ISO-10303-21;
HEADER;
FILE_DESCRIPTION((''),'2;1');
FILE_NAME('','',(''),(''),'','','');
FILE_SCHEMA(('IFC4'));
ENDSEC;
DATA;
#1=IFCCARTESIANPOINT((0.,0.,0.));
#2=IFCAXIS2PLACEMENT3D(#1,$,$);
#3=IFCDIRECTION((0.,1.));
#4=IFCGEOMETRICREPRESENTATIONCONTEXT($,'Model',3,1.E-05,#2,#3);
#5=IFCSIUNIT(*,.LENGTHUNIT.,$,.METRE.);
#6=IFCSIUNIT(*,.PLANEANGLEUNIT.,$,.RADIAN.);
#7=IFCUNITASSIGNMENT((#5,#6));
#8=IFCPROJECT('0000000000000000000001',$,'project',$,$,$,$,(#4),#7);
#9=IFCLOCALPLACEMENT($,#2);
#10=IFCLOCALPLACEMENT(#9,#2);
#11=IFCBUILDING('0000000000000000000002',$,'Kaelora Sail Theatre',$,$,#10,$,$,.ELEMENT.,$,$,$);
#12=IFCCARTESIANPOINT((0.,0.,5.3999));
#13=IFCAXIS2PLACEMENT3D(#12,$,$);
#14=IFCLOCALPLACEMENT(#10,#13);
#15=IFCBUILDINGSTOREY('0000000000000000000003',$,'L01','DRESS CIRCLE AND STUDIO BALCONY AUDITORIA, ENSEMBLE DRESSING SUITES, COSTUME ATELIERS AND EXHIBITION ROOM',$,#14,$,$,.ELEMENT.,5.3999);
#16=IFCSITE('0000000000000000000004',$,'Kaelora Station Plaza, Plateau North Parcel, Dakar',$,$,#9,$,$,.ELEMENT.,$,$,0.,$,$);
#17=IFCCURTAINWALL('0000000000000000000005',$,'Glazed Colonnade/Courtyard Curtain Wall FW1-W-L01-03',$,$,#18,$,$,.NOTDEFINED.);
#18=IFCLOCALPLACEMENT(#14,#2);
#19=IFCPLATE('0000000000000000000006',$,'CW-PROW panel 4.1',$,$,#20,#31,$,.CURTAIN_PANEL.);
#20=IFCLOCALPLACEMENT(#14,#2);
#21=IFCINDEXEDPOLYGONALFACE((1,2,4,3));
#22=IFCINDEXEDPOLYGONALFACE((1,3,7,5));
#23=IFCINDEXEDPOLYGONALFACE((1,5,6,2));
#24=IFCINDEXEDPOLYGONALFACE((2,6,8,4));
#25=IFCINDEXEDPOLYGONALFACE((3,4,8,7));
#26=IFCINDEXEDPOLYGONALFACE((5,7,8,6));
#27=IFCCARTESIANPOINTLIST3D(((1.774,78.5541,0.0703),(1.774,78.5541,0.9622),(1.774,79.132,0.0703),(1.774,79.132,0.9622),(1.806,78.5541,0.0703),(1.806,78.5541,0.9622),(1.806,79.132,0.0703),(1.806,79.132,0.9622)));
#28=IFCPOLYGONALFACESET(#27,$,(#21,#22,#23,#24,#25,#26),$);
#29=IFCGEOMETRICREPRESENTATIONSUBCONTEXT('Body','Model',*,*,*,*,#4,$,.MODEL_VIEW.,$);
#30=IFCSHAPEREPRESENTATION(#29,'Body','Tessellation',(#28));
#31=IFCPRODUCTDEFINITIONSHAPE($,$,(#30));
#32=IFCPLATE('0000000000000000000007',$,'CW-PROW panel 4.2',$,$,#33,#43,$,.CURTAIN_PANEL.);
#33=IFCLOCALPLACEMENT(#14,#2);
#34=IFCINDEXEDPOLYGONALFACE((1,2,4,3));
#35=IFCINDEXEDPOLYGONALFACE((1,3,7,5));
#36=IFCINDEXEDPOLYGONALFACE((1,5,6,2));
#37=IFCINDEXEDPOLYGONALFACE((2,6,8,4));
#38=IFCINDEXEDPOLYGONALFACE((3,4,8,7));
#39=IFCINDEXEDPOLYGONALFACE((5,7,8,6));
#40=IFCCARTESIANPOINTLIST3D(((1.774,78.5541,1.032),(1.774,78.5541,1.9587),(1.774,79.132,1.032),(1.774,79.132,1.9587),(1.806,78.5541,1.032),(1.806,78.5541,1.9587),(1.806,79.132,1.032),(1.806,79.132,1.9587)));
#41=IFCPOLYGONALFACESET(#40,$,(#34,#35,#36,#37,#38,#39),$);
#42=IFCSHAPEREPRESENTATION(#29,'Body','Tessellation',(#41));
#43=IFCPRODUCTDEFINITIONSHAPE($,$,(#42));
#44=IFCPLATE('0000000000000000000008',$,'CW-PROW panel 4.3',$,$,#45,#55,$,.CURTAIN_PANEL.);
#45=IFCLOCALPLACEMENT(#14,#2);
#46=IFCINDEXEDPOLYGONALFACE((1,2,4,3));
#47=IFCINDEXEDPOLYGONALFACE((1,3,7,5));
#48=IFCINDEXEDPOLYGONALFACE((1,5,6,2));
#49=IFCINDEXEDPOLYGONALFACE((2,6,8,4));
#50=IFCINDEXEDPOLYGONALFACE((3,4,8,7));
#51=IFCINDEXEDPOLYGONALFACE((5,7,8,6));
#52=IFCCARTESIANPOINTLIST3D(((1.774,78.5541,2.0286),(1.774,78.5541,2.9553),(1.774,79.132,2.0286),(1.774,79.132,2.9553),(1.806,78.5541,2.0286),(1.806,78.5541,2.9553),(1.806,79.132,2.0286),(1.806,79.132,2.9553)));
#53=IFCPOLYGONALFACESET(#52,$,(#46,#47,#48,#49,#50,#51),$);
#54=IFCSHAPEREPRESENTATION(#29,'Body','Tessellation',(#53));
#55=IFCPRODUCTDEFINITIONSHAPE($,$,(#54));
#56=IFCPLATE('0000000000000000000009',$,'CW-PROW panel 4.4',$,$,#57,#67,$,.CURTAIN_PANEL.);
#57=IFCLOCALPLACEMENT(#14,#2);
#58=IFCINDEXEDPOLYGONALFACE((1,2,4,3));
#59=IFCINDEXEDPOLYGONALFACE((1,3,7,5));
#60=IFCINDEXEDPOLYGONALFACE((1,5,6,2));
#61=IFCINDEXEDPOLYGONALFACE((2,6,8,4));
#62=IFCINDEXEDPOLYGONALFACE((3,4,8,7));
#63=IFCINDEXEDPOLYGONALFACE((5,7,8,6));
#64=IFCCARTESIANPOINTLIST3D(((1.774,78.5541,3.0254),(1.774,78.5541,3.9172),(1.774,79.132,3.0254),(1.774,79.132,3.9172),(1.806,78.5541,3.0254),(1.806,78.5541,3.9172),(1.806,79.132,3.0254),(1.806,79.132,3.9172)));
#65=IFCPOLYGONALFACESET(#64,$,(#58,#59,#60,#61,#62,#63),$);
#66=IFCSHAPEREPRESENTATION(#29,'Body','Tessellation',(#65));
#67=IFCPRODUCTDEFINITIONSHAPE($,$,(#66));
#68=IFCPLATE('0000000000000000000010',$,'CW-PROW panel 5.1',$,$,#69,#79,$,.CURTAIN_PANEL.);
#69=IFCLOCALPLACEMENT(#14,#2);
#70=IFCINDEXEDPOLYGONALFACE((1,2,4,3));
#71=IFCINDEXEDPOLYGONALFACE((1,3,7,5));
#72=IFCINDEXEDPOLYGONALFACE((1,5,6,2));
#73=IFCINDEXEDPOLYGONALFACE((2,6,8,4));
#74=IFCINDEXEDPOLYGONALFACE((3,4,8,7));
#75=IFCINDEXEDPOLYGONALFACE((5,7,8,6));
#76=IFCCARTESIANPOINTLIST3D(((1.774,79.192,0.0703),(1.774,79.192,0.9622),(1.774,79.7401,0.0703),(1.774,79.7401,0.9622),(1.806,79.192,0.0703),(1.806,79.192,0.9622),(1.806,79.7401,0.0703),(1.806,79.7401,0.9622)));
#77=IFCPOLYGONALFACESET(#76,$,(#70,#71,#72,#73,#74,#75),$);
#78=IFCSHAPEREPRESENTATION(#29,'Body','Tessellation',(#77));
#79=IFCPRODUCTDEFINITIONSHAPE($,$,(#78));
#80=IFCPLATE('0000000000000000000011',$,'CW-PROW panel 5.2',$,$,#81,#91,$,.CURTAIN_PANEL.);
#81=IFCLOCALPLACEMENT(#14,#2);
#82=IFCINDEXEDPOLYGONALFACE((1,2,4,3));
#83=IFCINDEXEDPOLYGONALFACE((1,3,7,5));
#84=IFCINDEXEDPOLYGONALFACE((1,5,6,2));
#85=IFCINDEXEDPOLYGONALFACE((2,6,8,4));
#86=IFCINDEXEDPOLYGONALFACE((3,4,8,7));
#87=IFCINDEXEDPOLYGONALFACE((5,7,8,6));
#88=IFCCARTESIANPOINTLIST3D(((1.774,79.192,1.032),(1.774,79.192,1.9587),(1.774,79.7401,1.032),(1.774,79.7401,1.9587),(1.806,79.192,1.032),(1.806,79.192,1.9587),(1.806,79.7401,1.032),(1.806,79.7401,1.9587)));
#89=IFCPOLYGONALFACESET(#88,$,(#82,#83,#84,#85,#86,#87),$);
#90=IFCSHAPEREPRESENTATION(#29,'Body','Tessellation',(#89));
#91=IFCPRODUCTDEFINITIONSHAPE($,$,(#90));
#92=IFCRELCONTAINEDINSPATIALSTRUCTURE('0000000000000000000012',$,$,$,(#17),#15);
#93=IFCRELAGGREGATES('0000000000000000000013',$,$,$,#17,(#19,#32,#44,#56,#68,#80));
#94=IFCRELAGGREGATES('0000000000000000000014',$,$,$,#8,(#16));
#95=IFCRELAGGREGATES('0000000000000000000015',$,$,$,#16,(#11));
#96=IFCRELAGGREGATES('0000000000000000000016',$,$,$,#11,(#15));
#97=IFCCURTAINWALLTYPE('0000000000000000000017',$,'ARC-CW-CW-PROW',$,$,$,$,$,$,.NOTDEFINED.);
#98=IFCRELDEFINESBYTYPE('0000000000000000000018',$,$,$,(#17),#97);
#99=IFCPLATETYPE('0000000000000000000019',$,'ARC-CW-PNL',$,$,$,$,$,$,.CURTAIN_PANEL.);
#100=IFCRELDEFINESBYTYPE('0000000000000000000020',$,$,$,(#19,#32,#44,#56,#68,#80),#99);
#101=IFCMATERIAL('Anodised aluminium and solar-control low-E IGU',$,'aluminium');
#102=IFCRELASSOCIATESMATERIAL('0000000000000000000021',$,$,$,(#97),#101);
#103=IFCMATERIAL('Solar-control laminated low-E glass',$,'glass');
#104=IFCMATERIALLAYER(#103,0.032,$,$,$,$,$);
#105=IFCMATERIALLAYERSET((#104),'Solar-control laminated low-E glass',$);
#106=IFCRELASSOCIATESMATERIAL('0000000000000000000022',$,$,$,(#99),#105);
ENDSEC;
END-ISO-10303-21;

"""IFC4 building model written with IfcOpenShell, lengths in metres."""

from ifc_helpers import new_model, si_unit, direction, frame, origin, origin_2d, place, context, subcontext, project, spatial, rectangle, extrude, material, layer, layer_set, type_object, element, aggregate, save


model = new_model("IFC4")

# Units and contexts
model_context = context("Model", 3, precision=1e-05, world=origin(), true_north=direction((0.0, 1.0)))
body_context = subcontext(model_context, "Body", "Model", "MODEL_VIEW")
ifc_project = project(units=[si_unit("LENGTHUNIT", "METRE"), si_unit("PLANEANGLEUNIT", "RADIAN")], contexts=[model_context])

# Site, building, storey
site_placement = place(None, origin())
site = spatial("IfcSite", under=ifc_project, at=site_placement, Name="Kaelora Station Plaza, Plateau North Parcel, Dakar", CompositionType="ELEMENT", RefElevation=0.0)
building_placement = place(site_placement, origin())
building = spatial("IfcBuilding", under=site, at=building_placement, Name="Kaelora Sail Theatre", CompositionType="ELEMENT")
storey_placement = place(building_placement, frame((0.0, 0.0, 5.3999)))
storey = spatial("IfcBuildingStorey", under=building, at=storey_placement, Name="L01", Description="DRESS CIRCLE AND STUDIO BALCONY AUDITORIA, ENSEMBLE DRESSING SUITES, COSTUME ATELIERS AND EXHIBITION ROOM", CompositionType="ELEMENT", Elevation=5.3999)

# Curtain wall, plates
ifc_material_1 = material(Name="Anodised aluminium and solar-control low-E IGU", Category="aluminium")
curtain_wall_type = type_object("IfcCurtainWallType", Name="ARC-CW-CW-PROW", PredefinedType="NOTDEFINED", material=ifc_material_1)
curtain_wall_placement = place(storey_placement, origin())
curtain_wall = element("IfcCurtainWall", 1, at=curtain_wall_placement, inside=storey, type_object=curtain_wall_type, Name="Glazed Colonnade/Courtyard Curtain Wall FW1-W-L01-03", PredefinedType="NOTDEFINED")
ifc_material_2 = material(Name="Solar-control laminated low-E glass", Category="glass")
ifc_layer = layer(ifc_material_2, 0.032)
ifc_layer_set = layer_set([ifc_layer], Name="Solar-control laminated low-E glass")
plate_type = type_object("IfcPlateType", Name="ARC-CW-PNL", PredefinedType="CURTAIN_PANEL", material=ifc_layer_set)
plate_1_placement = place(storey_placement, frame((1.79, 78.843, 0.0703), z_axis=(0.0, 0.0, 1.0), x_axis=(0.0, 1.0, 0.0)))
plate_1 = element("IfcPlate", 2, at=plate_1_placement, type_object=plate_type, Name="CW-PROW panel 4.1", PredefinedType="CURTAIN_PANEL", context=body_context, shape_type="SweptSolid", body=[
    extrude(rectangle(XDim=0.5779, YDim=0.032, at=origin_2d()), origin(), (0.0, 0.0, 1.0), 0.8918),
])
plate_2_placement = place(storey_placement, frame((1.79, 78.843, 1.032), z_axis=(0.0, 0.0, 1.0), x_axis=(0.0, 1.0, 0.0)))
plate_2 = element("IfcPlate", 3, at=plate_2_placement, type_object=plate_type, Name="CW-PROW panel 4.2", PredefinedType="CURTAIN_PANEL", context=body_context, shape_type="SweptSolid", body=[
    extrude(rectangle(XDim=0.5779, YDim=0.032, at=origin_2d()), origin(), (0.0, 0.0, 1.0), 0.9268),
])
plate_3_placement = place(storey_placement, frame((1.79, 78.843, 2.0286), z_axis=(0.0, 0.0, 1.0), x_axis=(0.0, 1.0, 0.0)))
plate_3 = element("IfcPlate", 4, at=plate_3_placement, type_object=plate_type, Name="CW-PROW panel 4.3", PredefinedType="CURTAIN_PANEL", context=body_context, shape_type="SweptSolid", body=[
    extrude(rectangle(XDim=0.5779, YDim=0.032, at=origin_2d()), origin(), (0.0, 0.0, 1.0), 0.9268),
])
plate_4_placement = place(storey_placement, frame((1.79, 78.843, 3.0254), z_axis=(0.0, 0.0, 1.0), x_axis=(0.0, 1.0, 0.0)))
plate_4 = element("IfcPlate", 5, at=plate_4_placement, type_object=plate_type, Name="CW-PROW panel 4.4", PredefinedType="CURTAIN_PANEL", context=body_context, shape_type="SweptSolid", body=[
    extrude(rectangle(XDim=0.5779, YDim=0.032, at=origin_2d()), origin(), (0.0, 0.0, 1.0), 0.8918),
])
plate_5_placement = place(storey_placement, frame((1.79, 79.4661, 0.0703), z_axis=(0.0, 0.0, 1.0), x_axis=(0.0, 1.0, 0.0)))
plate_5 = element("IfcPlate", 6, at=plate_5_placement, type_object=plate_type, Name="CW-PROW panel 5.1", PredefinedType="CURTAIN_PANEL", context=body_context, shape_type="SweptSolid", body=[
    extrude(rectangle(XDim=0.5481, YDim=0.032, at=origin_2d()), origin(), (0.0, 0.0, 1.0), 0.8918),
])
plate_6_placement = place(storey_placement, frame((1.79, 79.4661, 1.032), z_axis=(0.0, 0.0, 1.0), x_axis=(0.0, 1.0, 0.0)))
plate_6 = element("IfcPlate", 7, at=plate_6_placement, type_object=plate_type, Name="CW-PROW panel 5.2", PredefinedType="CURTAIN_PANEL", context=body_context, shape_type="SweptSolid", body=[
    extrude(rectangle(XDim=0.5481, YDim=0.032, at=origin_2d()), origin(), (0.0, 0.0, 1.0), 0.9268),
])
aggregate(curtain_wall, [plate_1, plate_2, plate_3, plate_4, plate_5, plate_6])

save(model, "model.ifc")
